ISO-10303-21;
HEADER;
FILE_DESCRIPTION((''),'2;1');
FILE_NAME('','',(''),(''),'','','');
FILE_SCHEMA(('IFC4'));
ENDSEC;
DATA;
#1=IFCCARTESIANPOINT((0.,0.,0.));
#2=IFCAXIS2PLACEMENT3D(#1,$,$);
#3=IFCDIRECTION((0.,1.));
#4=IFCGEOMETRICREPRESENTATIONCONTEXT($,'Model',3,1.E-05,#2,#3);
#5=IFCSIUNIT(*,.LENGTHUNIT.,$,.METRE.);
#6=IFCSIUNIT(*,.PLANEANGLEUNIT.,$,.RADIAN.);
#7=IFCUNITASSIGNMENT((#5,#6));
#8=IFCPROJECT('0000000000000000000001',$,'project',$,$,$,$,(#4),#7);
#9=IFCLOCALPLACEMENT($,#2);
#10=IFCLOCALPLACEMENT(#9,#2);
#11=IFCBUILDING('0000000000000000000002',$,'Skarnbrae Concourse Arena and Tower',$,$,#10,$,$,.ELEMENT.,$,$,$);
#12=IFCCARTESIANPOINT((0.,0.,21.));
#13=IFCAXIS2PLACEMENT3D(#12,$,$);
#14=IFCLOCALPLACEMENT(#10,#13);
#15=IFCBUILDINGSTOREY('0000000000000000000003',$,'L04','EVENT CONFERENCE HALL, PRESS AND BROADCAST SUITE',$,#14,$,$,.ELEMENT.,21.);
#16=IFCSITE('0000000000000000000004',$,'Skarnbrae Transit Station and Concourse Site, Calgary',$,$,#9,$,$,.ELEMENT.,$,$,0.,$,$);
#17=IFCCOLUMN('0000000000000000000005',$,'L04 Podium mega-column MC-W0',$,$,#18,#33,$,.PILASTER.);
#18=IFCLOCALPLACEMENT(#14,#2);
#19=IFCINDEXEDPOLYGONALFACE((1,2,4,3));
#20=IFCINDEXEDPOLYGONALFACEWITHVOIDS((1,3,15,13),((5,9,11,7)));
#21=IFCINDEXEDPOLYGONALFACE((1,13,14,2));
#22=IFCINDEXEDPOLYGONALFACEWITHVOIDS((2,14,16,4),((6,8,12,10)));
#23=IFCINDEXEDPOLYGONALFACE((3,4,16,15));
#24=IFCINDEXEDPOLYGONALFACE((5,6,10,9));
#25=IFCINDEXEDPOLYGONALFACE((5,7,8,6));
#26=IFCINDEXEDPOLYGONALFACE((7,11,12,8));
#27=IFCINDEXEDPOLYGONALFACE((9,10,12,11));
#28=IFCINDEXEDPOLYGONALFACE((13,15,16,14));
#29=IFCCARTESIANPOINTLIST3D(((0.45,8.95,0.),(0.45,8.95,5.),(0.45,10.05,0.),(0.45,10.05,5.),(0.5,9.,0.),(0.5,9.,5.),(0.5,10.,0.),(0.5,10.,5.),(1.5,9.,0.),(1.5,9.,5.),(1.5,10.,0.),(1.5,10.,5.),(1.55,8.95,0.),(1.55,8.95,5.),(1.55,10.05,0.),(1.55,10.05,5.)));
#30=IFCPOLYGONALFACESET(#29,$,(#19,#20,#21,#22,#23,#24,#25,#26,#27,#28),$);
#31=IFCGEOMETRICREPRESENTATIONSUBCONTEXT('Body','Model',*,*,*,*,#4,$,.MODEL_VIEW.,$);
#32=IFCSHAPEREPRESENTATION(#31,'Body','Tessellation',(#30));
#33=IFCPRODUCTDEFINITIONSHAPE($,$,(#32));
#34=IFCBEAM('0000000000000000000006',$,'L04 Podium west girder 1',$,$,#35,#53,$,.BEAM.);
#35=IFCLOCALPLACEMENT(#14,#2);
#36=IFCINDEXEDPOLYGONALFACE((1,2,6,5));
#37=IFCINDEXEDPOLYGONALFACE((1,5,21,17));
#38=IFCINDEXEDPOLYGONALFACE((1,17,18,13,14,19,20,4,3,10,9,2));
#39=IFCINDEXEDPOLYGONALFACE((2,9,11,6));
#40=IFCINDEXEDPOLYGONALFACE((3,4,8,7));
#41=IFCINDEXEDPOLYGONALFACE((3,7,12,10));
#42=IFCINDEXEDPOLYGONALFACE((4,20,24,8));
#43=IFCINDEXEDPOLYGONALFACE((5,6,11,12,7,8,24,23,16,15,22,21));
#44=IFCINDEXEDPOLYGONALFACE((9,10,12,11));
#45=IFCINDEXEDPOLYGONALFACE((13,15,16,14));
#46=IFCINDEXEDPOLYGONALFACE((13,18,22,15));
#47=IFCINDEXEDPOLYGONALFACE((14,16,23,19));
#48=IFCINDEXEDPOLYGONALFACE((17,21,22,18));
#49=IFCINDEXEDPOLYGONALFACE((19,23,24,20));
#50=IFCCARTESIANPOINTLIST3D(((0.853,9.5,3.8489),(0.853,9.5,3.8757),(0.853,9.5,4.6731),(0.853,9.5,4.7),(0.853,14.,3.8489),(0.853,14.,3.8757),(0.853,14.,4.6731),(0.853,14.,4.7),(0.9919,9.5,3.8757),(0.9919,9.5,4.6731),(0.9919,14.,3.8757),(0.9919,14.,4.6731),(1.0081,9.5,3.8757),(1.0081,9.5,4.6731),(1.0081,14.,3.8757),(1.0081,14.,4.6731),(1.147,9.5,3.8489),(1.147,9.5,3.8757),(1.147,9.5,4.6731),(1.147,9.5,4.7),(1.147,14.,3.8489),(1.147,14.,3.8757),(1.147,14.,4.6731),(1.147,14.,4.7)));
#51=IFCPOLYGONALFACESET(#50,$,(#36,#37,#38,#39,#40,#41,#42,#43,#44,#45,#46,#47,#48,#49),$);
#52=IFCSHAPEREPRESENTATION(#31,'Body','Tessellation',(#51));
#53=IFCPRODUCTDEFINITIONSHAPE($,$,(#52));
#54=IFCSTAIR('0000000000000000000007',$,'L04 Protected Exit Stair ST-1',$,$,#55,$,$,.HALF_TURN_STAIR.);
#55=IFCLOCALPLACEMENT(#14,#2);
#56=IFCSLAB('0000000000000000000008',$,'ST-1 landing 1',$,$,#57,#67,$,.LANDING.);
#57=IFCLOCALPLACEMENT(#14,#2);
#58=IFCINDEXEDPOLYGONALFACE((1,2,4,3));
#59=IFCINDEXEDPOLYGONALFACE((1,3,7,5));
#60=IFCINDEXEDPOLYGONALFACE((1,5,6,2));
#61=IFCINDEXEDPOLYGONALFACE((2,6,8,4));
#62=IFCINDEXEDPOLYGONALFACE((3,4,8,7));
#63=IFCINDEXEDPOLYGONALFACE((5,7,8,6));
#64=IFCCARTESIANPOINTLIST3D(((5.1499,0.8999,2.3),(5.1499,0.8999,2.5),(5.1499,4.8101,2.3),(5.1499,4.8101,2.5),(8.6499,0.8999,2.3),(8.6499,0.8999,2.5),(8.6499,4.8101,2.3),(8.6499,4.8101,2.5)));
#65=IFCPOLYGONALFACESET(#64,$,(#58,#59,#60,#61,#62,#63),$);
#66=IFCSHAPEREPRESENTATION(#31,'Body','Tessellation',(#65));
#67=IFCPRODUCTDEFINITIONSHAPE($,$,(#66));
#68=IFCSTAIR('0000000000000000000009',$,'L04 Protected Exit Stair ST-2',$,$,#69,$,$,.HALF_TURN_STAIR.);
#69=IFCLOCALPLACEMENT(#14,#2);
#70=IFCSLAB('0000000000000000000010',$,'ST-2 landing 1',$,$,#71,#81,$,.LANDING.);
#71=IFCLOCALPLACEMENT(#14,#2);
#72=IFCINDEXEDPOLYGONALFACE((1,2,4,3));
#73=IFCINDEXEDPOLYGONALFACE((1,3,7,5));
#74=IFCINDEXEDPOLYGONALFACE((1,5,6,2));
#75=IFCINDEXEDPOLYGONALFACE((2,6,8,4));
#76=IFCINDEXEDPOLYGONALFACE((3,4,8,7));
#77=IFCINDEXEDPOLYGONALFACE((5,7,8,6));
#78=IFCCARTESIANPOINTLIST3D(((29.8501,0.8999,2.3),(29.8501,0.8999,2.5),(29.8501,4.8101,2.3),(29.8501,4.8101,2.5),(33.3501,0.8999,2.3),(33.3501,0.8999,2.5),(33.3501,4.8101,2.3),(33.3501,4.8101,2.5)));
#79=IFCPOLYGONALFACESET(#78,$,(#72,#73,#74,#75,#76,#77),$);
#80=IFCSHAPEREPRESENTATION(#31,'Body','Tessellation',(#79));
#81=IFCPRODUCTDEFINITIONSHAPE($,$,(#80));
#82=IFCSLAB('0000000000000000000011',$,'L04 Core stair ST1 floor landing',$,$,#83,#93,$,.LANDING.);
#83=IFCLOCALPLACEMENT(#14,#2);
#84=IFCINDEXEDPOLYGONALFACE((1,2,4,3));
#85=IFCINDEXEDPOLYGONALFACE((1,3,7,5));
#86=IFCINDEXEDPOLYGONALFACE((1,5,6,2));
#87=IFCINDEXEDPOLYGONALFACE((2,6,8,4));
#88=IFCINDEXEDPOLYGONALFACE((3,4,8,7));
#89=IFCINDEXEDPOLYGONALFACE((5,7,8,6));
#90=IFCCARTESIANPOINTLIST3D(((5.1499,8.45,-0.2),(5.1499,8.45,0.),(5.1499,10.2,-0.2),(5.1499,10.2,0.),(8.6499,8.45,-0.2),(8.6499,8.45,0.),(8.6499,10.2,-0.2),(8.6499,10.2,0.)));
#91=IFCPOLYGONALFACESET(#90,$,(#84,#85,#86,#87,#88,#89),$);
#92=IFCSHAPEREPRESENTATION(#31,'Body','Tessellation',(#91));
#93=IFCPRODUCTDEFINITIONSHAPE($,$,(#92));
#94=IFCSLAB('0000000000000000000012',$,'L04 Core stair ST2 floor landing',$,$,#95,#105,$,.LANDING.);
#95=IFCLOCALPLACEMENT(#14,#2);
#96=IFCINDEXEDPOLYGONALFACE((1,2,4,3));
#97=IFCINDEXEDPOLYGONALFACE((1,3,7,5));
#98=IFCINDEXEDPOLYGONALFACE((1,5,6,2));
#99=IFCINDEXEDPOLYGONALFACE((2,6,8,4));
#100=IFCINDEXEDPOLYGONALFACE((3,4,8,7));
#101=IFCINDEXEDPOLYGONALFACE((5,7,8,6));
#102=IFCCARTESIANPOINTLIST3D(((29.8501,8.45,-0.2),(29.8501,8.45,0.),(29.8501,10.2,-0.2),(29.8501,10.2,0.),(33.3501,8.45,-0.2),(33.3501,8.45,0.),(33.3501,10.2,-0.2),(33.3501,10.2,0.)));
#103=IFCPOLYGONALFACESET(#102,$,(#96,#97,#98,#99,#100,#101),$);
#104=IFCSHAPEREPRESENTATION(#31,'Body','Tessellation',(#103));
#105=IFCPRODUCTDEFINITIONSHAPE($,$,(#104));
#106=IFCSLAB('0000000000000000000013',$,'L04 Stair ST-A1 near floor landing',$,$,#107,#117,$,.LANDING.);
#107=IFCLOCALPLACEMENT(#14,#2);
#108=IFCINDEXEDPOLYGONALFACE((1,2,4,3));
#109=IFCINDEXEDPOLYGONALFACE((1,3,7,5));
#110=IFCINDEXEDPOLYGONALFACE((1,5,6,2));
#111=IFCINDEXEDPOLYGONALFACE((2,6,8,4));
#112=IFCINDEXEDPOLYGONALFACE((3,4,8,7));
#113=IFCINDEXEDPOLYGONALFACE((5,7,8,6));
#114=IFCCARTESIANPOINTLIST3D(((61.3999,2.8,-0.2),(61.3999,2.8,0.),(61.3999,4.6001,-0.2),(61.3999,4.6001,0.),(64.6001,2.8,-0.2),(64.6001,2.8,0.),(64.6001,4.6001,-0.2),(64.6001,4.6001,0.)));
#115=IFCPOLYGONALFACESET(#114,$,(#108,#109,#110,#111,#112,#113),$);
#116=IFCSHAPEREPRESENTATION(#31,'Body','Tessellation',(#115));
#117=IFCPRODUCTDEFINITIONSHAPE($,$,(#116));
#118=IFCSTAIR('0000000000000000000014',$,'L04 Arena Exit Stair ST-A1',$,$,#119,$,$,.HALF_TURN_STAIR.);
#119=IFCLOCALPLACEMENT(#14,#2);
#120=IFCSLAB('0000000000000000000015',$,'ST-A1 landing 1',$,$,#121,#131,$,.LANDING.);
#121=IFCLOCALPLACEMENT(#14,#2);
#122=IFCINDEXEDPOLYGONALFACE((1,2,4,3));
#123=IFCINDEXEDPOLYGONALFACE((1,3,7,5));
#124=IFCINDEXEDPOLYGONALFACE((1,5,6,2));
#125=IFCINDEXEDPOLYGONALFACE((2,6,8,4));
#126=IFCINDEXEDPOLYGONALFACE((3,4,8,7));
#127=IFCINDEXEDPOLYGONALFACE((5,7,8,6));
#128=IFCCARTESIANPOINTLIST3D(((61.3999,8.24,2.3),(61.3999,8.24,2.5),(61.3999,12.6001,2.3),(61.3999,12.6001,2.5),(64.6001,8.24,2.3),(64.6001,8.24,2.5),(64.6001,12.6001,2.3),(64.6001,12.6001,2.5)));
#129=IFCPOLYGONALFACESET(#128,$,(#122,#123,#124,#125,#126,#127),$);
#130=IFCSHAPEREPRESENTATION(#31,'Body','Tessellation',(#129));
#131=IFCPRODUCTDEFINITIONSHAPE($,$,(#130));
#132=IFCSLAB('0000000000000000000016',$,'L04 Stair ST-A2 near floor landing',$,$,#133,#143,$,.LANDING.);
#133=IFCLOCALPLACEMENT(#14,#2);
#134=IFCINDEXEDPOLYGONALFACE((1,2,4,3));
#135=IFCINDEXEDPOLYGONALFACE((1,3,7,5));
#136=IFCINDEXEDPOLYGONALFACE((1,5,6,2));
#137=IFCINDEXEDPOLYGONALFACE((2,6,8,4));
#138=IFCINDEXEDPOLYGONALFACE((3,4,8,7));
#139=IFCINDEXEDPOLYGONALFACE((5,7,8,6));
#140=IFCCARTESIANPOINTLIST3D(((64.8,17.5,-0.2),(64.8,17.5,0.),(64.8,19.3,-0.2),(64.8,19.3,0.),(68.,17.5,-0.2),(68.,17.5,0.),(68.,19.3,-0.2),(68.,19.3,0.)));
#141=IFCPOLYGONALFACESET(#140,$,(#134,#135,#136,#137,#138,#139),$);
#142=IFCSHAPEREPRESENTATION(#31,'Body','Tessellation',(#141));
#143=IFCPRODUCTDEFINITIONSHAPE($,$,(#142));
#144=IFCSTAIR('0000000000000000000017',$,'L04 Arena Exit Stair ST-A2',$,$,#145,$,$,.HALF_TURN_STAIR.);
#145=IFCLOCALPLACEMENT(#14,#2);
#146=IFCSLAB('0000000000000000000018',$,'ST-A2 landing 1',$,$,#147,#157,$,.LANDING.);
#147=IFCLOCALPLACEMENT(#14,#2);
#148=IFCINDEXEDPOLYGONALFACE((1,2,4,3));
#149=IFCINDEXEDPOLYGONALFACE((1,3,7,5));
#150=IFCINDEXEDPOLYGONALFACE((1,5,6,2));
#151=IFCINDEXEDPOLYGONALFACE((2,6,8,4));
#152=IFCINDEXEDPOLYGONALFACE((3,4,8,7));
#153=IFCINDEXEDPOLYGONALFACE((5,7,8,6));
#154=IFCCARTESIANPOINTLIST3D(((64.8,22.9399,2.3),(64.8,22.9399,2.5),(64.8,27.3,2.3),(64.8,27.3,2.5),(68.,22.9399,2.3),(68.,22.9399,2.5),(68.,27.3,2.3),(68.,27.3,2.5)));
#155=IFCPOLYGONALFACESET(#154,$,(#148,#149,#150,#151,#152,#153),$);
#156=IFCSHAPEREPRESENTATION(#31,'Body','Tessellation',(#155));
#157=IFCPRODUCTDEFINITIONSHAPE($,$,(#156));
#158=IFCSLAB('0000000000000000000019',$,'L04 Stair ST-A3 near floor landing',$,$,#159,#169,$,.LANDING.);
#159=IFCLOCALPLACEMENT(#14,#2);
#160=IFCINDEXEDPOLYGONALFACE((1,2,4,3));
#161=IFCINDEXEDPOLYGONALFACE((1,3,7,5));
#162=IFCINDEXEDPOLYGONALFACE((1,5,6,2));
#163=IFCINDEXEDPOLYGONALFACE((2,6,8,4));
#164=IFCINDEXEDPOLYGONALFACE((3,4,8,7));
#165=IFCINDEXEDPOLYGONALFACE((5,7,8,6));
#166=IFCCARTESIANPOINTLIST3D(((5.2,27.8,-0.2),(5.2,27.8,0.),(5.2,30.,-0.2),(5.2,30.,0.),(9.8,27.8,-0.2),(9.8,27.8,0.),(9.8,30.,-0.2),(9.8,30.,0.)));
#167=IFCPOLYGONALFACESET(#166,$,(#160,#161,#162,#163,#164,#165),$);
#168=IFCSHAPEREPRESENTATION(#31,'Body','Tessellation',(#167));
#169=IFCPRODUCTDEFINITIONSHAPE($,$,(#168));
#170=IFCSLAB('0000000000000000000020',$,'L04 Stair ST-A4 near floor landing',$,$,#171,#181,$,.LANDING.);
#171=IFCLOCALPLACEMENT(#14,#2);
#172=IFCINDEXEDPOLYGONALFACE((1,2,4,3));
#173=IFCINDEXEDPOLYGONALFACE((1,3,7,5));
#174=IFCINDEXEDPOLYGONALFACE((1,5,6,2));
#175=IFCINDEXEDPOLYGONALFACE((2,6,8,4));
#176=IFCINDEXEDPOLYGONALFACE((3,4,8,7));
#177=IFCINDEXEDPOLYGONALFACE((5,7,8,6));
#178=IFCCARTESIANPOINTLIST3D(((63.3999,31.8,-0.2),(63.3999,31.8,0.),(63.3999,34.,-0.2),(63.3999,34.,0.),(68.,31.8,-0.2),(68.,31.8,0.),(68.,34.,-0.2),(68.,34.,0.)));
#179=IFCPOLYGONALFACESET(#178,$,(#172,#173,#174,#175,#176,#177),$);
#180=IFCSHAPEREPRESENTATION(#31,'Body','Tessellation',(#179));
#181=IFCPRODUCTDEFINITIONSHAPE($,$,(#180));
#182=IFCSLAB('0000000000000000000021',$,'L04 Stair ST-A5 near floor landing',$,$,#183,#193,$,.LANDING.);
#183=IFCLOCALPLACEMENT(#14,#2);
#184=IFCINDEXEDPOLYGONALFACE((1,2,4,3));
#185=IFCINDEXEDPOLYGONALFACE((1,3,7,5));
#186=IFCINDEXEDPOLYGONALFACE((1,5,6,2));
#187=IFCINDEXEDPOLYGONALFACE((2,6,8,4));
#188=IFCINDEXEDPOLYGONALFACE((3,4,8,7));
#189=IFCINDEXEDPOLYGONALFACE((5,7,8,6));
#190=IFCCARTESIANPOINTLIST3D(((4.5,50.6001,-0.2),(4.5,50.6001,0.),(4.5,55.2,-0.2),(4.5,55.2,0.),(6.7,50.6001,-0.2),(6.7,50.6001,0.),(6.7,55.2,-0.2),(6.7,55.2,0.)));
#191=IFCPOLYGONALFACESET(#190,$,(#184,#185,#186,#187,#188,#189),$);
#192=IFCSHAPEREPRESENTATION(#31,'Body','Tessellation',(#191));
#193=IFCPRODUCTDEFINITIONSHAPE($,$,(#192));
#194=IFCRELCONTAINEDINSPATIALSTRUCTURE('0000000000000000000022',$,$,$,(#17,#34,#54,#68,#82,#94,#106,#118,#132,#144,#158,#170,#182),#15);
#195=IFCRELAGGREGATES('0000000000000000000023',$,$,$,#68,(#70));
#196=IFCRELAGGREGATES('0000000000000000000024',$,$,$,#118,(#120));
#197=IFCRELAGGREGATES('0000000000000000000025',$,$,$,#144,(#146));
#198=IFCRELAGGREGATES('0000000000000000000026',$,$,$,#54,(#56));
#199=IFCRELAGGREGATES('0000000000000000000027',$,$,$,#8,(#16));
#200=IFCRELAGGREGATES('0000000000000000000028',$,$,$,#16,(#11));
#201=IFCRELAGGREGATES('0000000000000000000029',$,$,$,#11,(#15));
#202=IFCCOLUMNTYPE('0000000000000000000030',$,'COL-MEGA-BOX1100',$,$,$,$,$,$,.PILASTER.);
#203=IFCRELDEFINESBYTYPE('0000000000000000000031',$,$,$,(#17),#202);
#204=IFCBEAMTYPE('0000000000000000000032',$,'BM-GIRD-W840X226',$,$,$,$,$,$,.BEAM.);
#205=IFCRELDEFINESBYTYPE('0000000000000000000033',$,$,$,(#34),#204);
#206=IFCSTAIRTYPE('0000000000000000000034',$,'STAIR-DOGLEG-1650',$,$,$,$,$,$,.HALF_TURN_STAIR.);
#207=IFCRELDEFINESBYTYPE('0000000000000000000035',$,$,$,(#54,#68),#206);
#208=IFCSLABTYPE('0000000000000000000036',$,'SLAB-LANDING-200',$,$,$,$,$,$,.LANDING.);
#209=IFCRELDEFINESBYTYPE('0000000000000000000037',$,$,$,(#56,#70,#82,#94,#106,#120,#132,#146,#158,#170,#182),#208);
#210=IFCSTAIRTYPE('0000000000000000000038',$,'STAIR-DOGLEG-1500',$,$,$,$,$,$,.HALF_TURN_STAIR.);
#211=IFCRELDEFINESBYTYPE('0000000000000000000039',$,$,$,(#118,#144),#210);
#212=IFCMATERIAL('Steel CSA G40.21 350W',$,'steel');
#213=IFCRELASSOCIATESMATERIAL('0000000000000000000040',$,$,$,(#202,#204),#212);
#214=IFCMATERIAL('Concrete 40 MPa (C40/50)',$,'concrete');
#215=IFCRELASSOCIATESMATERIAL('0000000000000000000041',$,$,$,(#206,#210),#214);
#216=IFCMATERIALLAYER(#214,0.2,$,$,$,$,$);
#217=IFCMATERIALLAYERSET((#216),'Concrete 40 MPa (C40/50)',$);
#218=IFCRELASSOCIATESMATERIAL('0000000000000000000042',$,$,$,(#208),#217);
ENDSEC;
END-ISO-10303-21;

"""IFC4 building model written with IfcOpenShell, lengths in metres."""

from ifc_helpers import new_model, si_unit, direction, frame, origin, origin_2d, place, context, subcontext, project, spatial, polyline, hollow_rectangle, i_section, outline, extrude, source, transform, mapped, material, layer, layer_set, material_profile, profile_set, type_object, element, aggregate, save


model = new_model("IFC4")

# Units and contexts
model_context = context("Model", 3, precision=1e-05, world=origin(), true_north=direction((0.0, 1.0)))
body_context = subcontext(model_context, "Body", "Model", "MODEL_VIEW")
ifc_project = project(units=[si_unit("LENGTHUNIT", "METRE"), si_unit("PLANEANGLEUNIT", "RADIAN")], contexts=[model_context])

# Site, building, storey
site_placement = place(None, origin())
site = spatial("IfcSite", under=ifc_project, at=site_placement, Name="Skarnbrae Transit Station and Concourse Site, Calgary", CompositionType="ELEMENT", RefElevation=0.0)
building_placement = place(site_placement, origin())
building = spatial("IfcBuilding", under=site, at=building_placement, Name="Skarnbrae Concourse Arena and Tower", CompositionType="ELEMENT")
storey_placement = place(building_placement, frame((0.0, 0.0, 21.0)))
storey = spatial("IfcBuildingStorey", under=building, at=storey_placement, Name="L04", Description="EVENT CONFERENCE HALL, PRESS AND BROADCAST SUITE", CompositionType="ELEMENT", Elevation=21.0)

# Column
ifc_material_1 = material(Name="Steel CSA G40.21 350W", Category="steel")
ifc_material_profile_1 = material_profile(ifc_material_1, hollow_rectangle(XDim=1.1001, YDim=1.1001, WallThickness=0.05, at=origin_2d()), Name="BOX1100X1100X50")
ifc_profile_set_1 = profile_set([ifc_material_profile_1], Name="Steel CSA G40.21 350W")
column_type = type_object("IfcColumnType", Name="COL-MEGA-BOX1100", PredefinedType="PILASTER", material=ifc_profile_set_1)
shared_shape_1 = source(origin(), body_context, "Body", "SweptSolid", [
    extrude(hollow_rectangle(XDim=1.1001, YDim=1.1001, WallThickness=0.05, at=origin_2d()), origin(), (0.0, 0.0, 1.0), 5.0),
])
column_placement = place(storey_placement, frame((1.0, 9.5, 0.0), z_axis=(0.0, 0.0, 1.0), x_axis=(1.0, 0.0, 0.0)))
element("IfcColumn", 1, at=column_placement, inside=storey, type_object=column_type, Name="L04 Podium mega-column MC-W0", PredefinedType="PILASTER", context=body_context, shape_type="MappedRepresentation", body=[
    mapped(shared_shape_1, transform((0.0, 0.0, 0.0))),
])

# Beam
ifc_material_profile_2 = material_profile(ifc_material_1, i_section(OverallWidth=0.2939, OverallDepth=0.8511, WebThickness=0.0161, FlangeThickness=0.0269, at=origin_2d()), Name="W840X226")
ifc_profile_set_2 = profile_set([ifc_material_profile_2], Name="Steel CSA G40.21 350W")
beam_type = type_object("IfcBeamType", Name="BM-GIRD-W840X226", PredefinedType="BEAM", material=ifc_profile_set_2)
shared_shape_2 = source(origin(), body_context, "Body", "SweptSolid", [
    extrude(i_section(OverallWidth=0.2939, OverallDepth=0.8511, WebThickness=0.0161, FlangeThickness=0.0269, at=origin_2d()), origin(), (0.0, 0.0, 1.0), 4.5),
])
beam_placement = place(storey_placement, frame((1.0, 9.5, 4.2744), z_axis=(0.0, 1.0, 0.0), x_axis=(-1.0, 0.0, 0.0)))
element("IfcBeam", 2, at=beam_placement, inside=storey, type_object=beam_type, Name="L04 Podium west girder 1", PredefinedType="BEAM", context=body_context, shape_type="MappedRepresentation", body=[
    mapped(shared_shape_2, transform((0.0, 0.0, 0.0))),
])

# Stairs, slabs
ifc_material_2 = material(Name="Concrete 40 MPa (C40/50)", Category="concrete")
stair_type_1 = type_object("IfcStairType", Name="STAIR-DOGLEG-1650", PredefinedType="HALF_TURN_STAIR", material=ifc_material_2)
stair_1_placement = place(storey_placement, origin())
stair_1 = element("IfcStair", 3, at=stair_1_placement, inside=storey, type_object=stair_type_1, Name="L04 Protected Exit Stair ST-1", PredefinedType="HALF_TURN_STAIR")
ifc_layer_1 = layer(ifc_material_2, 0.2)
ifc_layer_set_1 = layer_set([ifc_layer_1], Name="Concrete 40 MPa (C40/50)")
slab_type_1 = type_object("IfcSlabType", Name="SLAB-LANDING-200", PredefinedType="LANDING", material=ifc_layer_set_1)
slab_1_placement = place(storey_placement, frame((0.0, 0.0, 2.3)))
slab_1 = element("IfcSlab", 4, at=slab_1_placement, type_object=slab_type_1, Name="ST-1 landing 1", PredefinedType="LANDING", context=body_context, shape_type="SweptSolid", body=[
    extrude(outline(polyline([(5.1499, 4.8101), (5.1499, 0.8999), (8.6499, 0.8999), (8.6499, 4.8101), (5.1499, 4.8101)])), origin(), (0.0, 0.0, 1.0), 0.2),
])
stair_2_placement = place(storey_placement, origin())
stair_2 = element("IfcStair", 5, at=stair_2_placement, inside=storey, type_object=stair_type_1, Name="L04 Protected Exit Stair ST-2", PredefinedType="HALF_TURN_STAIR")
slab_2_placement = place(storey_placement, frame((0.0, 0.0, 2.3)))
slab_2 = element("IfcSlab", 6, at=slab_2_placement, type_object=slab_type_1, Name="ST-2 landing 1", PredefinedType="LANDING", context=body_context, shape_type="SweptSolid", body=[
    extrude(outline(polyline([(29.8501, 4.8101), (29.8501, 0.8999), (33.3501, 0.8999), (33.3501, 4.8101), (29.8501, 4.8101)])), origin(), (0.0, 0.0, 1.0), 0.2),
])
aggregate(stair_2, [slab_2])

# Slabs
slab_3_placement = place(storey_placement, frame((0.0, 0.0, -0.2)))
element("IfcSlab", 7, at=slab_3_placement, inside=storey, type_object=slab_type_1, Name="L04 Core stair ST1 floor landing", PredefinedType="LANDING", context=body_context, shape_type="SweptSolid", body=[
    extrude(outline(polyline([(5.1499, 10.2), (5.1499, 8.45), (8.6499, 8.45), (8.6499, 10.2), (5.1499, 10.2)])), origin(), (0.0, 0.0, 1.0), 0.2),
])
slab_4_placement = place(storey_placement, frame((0.0, 0.0, -0.2)))
element("IfcSlab", 8, at=slab_4_placement, inside=storey, type_object=slab_type_1, Name="L04 Core stair ST2 floor landing", PredefinedType="LANDING", context=body_context, shape_type="SweptSolid", body=[
    extrude(outline(polyline([(29.8501, 10.2), (29.8501, 8.45), (33.3501, 8.45), (33.3501, 10.2), (29.8501, 10.2)])), origin(), (0.0, 0.0, 1.0), 0.2),
])
slab_5_placement = place(storey_placement, frame((0.0, 0.0, -0.2)))
element("IfcSlab", 9, at=slab_5_placement, inside=storey, type_object=slab_type_1, Name="L04 Stair ST-A1 near floor landing", PredefinedType="LANDING", context=body_context, shape_type="SweptSolid", body=[
    extrude(outline(polyline([(64.6001, 2.8), (64.6001, 4.6001), (61.3999, 4.6001), (61.3999, 2.8), (64.6001, 2.8)])), origin(), (0.0, 0.0, 1.0), 0.2),
])

# Stair, slab
stair_type_2 = type_object("IfcStairType", Name="STAIR-DOGLEG-1500", PredefinedType="HALF_TURN_STAIR", material=ifc_material_2)
stair_3_placement = place(storey_placement, origin())
stair_3 = element("IfcStair", 10, at=stair_3_placement, inside=storey, type_object=stair_type_2, Name="L04 Arena Exit Stair ST-A1", PredefinedType="HALF_TURN_STAIR")
slab_6_placement = place(storey_placement, frame((0.0, 0.0, 2.3)))
slab_6 = element("IfcSlab", 11, at=slab_6_placement, type_object=slab_type_1, Name="ST-A1 landing 1", PredefinedType="LANDING", context=body_context, shape_type="SweptSolid", body=[
    extrude(outline(polyline([(64.6001, 8.24), (64.6001, 12.6001), (61.3999, 12.6001), (61.3999, 8.24), (64.6001, 8.24)])), origin(), (0.0, 0.0, 1.0), 0.2),
])
aggregate(stair_3, [slab_6])

# Slab
slab_7_placement = place(storey_placement, frame((0.0, 0.0, -0.2)))
element("IfcSlab", 12, at=slab_7_placement, inside=storey, type_object=slab_type_1, Name="L04 Stair ST-A2 near floor landing", PredefinedType="LANDING", context=body_context, shape_type="SweptSolid", body=[
    extrude(outline(polyline([(68.0, 17.5), (68.0, 19.3), (64.8, 19.3), (64.8, 17.5), (68.0, 17.5)])), origin(), (0.0, 0.0, 1.0), 0.2),
])

# Stair, slab
stair_4_placement = place(storey_placement, origin())
stair_4 = element("IfcStair", 13, at=stair_4_placement, inside=storey, type_object=stair_type_2, Name="L04 Arena Exit Stair ST-A2", PredefinedType="HALF_TURN_STAIR")
slab_8_placement = place(storey_placement, frame((0.0, 0.0, 2.3)))
slab_8 = element("IfcSlab", 14, at=slab_8_placement, type_object=slab_type_1, Name="ST-A2 landing 1", PredefinedType="LANDING", context=body_context, shape_type="SweptSolid", body=[
    extrude(outline(polyline([(68.0, 22.9399), (68.0, 27.3), (64.8, 27.3), (64.8, 22.9399), (68.0, 22.9399)])), origin(), (0.0, 0.0, 1.0), 0.2),
])
aggregate(stair_4, [slab_8])

# Slabs
slab_9_placement = place(storey_placement, frame((0.0, 0.0, -0.2)))
element("IfcSlab", 15, at=slab_9_placement, inside=storey, type_object=slab_type_1, Name="L04 Stair ST-A3 near floor landing", PredefinedType="LANDING", context=body_context, shape_type="SweptSolid", body=[
    extrude(outline(polyline([(9.8, 27.8), (9.8, 30.0), (5.2, 30.0), (5.2, 27.8), (9.8, 27.8)])), origin(), (0.0, 0.0, 1.0), 0.2),
])
slab_10_placement = place(storey_placement, frame((0.0, 0.0, -0.2)))
element("IfcSlab", 16, at=slab_10_placement, inside=storey, type_object=slab_type_1, Name="L04 Stair ST-A4 near floor landing", PredefinedType="LANDING", context=body_context, shape_type="SweptSolid", body=[
    extrude(outline(polyline([(68.0, 31.8), (68.0, 34.0), (63.3999, 34.0), (63.3999, 31.8), (68.0, 31.8)])), origin(), (0.0, 0.0, 1.0), 0.2),
])
slab_11_placement = place(storey_placement, frame((0.0, 0.0, -0.2)))
element("IfcSlab", 17, at=slab_11_placement, inside=storey, type_object=slab_type_1, Name="L04 Stair ST-A5 near floor landing", PredefinedType="LANDING", context=body_context, shape_type="SweptSolid", body=[
    extrude(outline(polyline([(4.5, 50.6001), (6.7, 50.6001), (6.7, 55.2), (4.5, 55.2), (4.5, 50.6001)])), origin(), (0.0, 0.0, 1.0), 0.2),
])

aggregate(stair_1, [slab_1])

save(model, "model.ifc")
